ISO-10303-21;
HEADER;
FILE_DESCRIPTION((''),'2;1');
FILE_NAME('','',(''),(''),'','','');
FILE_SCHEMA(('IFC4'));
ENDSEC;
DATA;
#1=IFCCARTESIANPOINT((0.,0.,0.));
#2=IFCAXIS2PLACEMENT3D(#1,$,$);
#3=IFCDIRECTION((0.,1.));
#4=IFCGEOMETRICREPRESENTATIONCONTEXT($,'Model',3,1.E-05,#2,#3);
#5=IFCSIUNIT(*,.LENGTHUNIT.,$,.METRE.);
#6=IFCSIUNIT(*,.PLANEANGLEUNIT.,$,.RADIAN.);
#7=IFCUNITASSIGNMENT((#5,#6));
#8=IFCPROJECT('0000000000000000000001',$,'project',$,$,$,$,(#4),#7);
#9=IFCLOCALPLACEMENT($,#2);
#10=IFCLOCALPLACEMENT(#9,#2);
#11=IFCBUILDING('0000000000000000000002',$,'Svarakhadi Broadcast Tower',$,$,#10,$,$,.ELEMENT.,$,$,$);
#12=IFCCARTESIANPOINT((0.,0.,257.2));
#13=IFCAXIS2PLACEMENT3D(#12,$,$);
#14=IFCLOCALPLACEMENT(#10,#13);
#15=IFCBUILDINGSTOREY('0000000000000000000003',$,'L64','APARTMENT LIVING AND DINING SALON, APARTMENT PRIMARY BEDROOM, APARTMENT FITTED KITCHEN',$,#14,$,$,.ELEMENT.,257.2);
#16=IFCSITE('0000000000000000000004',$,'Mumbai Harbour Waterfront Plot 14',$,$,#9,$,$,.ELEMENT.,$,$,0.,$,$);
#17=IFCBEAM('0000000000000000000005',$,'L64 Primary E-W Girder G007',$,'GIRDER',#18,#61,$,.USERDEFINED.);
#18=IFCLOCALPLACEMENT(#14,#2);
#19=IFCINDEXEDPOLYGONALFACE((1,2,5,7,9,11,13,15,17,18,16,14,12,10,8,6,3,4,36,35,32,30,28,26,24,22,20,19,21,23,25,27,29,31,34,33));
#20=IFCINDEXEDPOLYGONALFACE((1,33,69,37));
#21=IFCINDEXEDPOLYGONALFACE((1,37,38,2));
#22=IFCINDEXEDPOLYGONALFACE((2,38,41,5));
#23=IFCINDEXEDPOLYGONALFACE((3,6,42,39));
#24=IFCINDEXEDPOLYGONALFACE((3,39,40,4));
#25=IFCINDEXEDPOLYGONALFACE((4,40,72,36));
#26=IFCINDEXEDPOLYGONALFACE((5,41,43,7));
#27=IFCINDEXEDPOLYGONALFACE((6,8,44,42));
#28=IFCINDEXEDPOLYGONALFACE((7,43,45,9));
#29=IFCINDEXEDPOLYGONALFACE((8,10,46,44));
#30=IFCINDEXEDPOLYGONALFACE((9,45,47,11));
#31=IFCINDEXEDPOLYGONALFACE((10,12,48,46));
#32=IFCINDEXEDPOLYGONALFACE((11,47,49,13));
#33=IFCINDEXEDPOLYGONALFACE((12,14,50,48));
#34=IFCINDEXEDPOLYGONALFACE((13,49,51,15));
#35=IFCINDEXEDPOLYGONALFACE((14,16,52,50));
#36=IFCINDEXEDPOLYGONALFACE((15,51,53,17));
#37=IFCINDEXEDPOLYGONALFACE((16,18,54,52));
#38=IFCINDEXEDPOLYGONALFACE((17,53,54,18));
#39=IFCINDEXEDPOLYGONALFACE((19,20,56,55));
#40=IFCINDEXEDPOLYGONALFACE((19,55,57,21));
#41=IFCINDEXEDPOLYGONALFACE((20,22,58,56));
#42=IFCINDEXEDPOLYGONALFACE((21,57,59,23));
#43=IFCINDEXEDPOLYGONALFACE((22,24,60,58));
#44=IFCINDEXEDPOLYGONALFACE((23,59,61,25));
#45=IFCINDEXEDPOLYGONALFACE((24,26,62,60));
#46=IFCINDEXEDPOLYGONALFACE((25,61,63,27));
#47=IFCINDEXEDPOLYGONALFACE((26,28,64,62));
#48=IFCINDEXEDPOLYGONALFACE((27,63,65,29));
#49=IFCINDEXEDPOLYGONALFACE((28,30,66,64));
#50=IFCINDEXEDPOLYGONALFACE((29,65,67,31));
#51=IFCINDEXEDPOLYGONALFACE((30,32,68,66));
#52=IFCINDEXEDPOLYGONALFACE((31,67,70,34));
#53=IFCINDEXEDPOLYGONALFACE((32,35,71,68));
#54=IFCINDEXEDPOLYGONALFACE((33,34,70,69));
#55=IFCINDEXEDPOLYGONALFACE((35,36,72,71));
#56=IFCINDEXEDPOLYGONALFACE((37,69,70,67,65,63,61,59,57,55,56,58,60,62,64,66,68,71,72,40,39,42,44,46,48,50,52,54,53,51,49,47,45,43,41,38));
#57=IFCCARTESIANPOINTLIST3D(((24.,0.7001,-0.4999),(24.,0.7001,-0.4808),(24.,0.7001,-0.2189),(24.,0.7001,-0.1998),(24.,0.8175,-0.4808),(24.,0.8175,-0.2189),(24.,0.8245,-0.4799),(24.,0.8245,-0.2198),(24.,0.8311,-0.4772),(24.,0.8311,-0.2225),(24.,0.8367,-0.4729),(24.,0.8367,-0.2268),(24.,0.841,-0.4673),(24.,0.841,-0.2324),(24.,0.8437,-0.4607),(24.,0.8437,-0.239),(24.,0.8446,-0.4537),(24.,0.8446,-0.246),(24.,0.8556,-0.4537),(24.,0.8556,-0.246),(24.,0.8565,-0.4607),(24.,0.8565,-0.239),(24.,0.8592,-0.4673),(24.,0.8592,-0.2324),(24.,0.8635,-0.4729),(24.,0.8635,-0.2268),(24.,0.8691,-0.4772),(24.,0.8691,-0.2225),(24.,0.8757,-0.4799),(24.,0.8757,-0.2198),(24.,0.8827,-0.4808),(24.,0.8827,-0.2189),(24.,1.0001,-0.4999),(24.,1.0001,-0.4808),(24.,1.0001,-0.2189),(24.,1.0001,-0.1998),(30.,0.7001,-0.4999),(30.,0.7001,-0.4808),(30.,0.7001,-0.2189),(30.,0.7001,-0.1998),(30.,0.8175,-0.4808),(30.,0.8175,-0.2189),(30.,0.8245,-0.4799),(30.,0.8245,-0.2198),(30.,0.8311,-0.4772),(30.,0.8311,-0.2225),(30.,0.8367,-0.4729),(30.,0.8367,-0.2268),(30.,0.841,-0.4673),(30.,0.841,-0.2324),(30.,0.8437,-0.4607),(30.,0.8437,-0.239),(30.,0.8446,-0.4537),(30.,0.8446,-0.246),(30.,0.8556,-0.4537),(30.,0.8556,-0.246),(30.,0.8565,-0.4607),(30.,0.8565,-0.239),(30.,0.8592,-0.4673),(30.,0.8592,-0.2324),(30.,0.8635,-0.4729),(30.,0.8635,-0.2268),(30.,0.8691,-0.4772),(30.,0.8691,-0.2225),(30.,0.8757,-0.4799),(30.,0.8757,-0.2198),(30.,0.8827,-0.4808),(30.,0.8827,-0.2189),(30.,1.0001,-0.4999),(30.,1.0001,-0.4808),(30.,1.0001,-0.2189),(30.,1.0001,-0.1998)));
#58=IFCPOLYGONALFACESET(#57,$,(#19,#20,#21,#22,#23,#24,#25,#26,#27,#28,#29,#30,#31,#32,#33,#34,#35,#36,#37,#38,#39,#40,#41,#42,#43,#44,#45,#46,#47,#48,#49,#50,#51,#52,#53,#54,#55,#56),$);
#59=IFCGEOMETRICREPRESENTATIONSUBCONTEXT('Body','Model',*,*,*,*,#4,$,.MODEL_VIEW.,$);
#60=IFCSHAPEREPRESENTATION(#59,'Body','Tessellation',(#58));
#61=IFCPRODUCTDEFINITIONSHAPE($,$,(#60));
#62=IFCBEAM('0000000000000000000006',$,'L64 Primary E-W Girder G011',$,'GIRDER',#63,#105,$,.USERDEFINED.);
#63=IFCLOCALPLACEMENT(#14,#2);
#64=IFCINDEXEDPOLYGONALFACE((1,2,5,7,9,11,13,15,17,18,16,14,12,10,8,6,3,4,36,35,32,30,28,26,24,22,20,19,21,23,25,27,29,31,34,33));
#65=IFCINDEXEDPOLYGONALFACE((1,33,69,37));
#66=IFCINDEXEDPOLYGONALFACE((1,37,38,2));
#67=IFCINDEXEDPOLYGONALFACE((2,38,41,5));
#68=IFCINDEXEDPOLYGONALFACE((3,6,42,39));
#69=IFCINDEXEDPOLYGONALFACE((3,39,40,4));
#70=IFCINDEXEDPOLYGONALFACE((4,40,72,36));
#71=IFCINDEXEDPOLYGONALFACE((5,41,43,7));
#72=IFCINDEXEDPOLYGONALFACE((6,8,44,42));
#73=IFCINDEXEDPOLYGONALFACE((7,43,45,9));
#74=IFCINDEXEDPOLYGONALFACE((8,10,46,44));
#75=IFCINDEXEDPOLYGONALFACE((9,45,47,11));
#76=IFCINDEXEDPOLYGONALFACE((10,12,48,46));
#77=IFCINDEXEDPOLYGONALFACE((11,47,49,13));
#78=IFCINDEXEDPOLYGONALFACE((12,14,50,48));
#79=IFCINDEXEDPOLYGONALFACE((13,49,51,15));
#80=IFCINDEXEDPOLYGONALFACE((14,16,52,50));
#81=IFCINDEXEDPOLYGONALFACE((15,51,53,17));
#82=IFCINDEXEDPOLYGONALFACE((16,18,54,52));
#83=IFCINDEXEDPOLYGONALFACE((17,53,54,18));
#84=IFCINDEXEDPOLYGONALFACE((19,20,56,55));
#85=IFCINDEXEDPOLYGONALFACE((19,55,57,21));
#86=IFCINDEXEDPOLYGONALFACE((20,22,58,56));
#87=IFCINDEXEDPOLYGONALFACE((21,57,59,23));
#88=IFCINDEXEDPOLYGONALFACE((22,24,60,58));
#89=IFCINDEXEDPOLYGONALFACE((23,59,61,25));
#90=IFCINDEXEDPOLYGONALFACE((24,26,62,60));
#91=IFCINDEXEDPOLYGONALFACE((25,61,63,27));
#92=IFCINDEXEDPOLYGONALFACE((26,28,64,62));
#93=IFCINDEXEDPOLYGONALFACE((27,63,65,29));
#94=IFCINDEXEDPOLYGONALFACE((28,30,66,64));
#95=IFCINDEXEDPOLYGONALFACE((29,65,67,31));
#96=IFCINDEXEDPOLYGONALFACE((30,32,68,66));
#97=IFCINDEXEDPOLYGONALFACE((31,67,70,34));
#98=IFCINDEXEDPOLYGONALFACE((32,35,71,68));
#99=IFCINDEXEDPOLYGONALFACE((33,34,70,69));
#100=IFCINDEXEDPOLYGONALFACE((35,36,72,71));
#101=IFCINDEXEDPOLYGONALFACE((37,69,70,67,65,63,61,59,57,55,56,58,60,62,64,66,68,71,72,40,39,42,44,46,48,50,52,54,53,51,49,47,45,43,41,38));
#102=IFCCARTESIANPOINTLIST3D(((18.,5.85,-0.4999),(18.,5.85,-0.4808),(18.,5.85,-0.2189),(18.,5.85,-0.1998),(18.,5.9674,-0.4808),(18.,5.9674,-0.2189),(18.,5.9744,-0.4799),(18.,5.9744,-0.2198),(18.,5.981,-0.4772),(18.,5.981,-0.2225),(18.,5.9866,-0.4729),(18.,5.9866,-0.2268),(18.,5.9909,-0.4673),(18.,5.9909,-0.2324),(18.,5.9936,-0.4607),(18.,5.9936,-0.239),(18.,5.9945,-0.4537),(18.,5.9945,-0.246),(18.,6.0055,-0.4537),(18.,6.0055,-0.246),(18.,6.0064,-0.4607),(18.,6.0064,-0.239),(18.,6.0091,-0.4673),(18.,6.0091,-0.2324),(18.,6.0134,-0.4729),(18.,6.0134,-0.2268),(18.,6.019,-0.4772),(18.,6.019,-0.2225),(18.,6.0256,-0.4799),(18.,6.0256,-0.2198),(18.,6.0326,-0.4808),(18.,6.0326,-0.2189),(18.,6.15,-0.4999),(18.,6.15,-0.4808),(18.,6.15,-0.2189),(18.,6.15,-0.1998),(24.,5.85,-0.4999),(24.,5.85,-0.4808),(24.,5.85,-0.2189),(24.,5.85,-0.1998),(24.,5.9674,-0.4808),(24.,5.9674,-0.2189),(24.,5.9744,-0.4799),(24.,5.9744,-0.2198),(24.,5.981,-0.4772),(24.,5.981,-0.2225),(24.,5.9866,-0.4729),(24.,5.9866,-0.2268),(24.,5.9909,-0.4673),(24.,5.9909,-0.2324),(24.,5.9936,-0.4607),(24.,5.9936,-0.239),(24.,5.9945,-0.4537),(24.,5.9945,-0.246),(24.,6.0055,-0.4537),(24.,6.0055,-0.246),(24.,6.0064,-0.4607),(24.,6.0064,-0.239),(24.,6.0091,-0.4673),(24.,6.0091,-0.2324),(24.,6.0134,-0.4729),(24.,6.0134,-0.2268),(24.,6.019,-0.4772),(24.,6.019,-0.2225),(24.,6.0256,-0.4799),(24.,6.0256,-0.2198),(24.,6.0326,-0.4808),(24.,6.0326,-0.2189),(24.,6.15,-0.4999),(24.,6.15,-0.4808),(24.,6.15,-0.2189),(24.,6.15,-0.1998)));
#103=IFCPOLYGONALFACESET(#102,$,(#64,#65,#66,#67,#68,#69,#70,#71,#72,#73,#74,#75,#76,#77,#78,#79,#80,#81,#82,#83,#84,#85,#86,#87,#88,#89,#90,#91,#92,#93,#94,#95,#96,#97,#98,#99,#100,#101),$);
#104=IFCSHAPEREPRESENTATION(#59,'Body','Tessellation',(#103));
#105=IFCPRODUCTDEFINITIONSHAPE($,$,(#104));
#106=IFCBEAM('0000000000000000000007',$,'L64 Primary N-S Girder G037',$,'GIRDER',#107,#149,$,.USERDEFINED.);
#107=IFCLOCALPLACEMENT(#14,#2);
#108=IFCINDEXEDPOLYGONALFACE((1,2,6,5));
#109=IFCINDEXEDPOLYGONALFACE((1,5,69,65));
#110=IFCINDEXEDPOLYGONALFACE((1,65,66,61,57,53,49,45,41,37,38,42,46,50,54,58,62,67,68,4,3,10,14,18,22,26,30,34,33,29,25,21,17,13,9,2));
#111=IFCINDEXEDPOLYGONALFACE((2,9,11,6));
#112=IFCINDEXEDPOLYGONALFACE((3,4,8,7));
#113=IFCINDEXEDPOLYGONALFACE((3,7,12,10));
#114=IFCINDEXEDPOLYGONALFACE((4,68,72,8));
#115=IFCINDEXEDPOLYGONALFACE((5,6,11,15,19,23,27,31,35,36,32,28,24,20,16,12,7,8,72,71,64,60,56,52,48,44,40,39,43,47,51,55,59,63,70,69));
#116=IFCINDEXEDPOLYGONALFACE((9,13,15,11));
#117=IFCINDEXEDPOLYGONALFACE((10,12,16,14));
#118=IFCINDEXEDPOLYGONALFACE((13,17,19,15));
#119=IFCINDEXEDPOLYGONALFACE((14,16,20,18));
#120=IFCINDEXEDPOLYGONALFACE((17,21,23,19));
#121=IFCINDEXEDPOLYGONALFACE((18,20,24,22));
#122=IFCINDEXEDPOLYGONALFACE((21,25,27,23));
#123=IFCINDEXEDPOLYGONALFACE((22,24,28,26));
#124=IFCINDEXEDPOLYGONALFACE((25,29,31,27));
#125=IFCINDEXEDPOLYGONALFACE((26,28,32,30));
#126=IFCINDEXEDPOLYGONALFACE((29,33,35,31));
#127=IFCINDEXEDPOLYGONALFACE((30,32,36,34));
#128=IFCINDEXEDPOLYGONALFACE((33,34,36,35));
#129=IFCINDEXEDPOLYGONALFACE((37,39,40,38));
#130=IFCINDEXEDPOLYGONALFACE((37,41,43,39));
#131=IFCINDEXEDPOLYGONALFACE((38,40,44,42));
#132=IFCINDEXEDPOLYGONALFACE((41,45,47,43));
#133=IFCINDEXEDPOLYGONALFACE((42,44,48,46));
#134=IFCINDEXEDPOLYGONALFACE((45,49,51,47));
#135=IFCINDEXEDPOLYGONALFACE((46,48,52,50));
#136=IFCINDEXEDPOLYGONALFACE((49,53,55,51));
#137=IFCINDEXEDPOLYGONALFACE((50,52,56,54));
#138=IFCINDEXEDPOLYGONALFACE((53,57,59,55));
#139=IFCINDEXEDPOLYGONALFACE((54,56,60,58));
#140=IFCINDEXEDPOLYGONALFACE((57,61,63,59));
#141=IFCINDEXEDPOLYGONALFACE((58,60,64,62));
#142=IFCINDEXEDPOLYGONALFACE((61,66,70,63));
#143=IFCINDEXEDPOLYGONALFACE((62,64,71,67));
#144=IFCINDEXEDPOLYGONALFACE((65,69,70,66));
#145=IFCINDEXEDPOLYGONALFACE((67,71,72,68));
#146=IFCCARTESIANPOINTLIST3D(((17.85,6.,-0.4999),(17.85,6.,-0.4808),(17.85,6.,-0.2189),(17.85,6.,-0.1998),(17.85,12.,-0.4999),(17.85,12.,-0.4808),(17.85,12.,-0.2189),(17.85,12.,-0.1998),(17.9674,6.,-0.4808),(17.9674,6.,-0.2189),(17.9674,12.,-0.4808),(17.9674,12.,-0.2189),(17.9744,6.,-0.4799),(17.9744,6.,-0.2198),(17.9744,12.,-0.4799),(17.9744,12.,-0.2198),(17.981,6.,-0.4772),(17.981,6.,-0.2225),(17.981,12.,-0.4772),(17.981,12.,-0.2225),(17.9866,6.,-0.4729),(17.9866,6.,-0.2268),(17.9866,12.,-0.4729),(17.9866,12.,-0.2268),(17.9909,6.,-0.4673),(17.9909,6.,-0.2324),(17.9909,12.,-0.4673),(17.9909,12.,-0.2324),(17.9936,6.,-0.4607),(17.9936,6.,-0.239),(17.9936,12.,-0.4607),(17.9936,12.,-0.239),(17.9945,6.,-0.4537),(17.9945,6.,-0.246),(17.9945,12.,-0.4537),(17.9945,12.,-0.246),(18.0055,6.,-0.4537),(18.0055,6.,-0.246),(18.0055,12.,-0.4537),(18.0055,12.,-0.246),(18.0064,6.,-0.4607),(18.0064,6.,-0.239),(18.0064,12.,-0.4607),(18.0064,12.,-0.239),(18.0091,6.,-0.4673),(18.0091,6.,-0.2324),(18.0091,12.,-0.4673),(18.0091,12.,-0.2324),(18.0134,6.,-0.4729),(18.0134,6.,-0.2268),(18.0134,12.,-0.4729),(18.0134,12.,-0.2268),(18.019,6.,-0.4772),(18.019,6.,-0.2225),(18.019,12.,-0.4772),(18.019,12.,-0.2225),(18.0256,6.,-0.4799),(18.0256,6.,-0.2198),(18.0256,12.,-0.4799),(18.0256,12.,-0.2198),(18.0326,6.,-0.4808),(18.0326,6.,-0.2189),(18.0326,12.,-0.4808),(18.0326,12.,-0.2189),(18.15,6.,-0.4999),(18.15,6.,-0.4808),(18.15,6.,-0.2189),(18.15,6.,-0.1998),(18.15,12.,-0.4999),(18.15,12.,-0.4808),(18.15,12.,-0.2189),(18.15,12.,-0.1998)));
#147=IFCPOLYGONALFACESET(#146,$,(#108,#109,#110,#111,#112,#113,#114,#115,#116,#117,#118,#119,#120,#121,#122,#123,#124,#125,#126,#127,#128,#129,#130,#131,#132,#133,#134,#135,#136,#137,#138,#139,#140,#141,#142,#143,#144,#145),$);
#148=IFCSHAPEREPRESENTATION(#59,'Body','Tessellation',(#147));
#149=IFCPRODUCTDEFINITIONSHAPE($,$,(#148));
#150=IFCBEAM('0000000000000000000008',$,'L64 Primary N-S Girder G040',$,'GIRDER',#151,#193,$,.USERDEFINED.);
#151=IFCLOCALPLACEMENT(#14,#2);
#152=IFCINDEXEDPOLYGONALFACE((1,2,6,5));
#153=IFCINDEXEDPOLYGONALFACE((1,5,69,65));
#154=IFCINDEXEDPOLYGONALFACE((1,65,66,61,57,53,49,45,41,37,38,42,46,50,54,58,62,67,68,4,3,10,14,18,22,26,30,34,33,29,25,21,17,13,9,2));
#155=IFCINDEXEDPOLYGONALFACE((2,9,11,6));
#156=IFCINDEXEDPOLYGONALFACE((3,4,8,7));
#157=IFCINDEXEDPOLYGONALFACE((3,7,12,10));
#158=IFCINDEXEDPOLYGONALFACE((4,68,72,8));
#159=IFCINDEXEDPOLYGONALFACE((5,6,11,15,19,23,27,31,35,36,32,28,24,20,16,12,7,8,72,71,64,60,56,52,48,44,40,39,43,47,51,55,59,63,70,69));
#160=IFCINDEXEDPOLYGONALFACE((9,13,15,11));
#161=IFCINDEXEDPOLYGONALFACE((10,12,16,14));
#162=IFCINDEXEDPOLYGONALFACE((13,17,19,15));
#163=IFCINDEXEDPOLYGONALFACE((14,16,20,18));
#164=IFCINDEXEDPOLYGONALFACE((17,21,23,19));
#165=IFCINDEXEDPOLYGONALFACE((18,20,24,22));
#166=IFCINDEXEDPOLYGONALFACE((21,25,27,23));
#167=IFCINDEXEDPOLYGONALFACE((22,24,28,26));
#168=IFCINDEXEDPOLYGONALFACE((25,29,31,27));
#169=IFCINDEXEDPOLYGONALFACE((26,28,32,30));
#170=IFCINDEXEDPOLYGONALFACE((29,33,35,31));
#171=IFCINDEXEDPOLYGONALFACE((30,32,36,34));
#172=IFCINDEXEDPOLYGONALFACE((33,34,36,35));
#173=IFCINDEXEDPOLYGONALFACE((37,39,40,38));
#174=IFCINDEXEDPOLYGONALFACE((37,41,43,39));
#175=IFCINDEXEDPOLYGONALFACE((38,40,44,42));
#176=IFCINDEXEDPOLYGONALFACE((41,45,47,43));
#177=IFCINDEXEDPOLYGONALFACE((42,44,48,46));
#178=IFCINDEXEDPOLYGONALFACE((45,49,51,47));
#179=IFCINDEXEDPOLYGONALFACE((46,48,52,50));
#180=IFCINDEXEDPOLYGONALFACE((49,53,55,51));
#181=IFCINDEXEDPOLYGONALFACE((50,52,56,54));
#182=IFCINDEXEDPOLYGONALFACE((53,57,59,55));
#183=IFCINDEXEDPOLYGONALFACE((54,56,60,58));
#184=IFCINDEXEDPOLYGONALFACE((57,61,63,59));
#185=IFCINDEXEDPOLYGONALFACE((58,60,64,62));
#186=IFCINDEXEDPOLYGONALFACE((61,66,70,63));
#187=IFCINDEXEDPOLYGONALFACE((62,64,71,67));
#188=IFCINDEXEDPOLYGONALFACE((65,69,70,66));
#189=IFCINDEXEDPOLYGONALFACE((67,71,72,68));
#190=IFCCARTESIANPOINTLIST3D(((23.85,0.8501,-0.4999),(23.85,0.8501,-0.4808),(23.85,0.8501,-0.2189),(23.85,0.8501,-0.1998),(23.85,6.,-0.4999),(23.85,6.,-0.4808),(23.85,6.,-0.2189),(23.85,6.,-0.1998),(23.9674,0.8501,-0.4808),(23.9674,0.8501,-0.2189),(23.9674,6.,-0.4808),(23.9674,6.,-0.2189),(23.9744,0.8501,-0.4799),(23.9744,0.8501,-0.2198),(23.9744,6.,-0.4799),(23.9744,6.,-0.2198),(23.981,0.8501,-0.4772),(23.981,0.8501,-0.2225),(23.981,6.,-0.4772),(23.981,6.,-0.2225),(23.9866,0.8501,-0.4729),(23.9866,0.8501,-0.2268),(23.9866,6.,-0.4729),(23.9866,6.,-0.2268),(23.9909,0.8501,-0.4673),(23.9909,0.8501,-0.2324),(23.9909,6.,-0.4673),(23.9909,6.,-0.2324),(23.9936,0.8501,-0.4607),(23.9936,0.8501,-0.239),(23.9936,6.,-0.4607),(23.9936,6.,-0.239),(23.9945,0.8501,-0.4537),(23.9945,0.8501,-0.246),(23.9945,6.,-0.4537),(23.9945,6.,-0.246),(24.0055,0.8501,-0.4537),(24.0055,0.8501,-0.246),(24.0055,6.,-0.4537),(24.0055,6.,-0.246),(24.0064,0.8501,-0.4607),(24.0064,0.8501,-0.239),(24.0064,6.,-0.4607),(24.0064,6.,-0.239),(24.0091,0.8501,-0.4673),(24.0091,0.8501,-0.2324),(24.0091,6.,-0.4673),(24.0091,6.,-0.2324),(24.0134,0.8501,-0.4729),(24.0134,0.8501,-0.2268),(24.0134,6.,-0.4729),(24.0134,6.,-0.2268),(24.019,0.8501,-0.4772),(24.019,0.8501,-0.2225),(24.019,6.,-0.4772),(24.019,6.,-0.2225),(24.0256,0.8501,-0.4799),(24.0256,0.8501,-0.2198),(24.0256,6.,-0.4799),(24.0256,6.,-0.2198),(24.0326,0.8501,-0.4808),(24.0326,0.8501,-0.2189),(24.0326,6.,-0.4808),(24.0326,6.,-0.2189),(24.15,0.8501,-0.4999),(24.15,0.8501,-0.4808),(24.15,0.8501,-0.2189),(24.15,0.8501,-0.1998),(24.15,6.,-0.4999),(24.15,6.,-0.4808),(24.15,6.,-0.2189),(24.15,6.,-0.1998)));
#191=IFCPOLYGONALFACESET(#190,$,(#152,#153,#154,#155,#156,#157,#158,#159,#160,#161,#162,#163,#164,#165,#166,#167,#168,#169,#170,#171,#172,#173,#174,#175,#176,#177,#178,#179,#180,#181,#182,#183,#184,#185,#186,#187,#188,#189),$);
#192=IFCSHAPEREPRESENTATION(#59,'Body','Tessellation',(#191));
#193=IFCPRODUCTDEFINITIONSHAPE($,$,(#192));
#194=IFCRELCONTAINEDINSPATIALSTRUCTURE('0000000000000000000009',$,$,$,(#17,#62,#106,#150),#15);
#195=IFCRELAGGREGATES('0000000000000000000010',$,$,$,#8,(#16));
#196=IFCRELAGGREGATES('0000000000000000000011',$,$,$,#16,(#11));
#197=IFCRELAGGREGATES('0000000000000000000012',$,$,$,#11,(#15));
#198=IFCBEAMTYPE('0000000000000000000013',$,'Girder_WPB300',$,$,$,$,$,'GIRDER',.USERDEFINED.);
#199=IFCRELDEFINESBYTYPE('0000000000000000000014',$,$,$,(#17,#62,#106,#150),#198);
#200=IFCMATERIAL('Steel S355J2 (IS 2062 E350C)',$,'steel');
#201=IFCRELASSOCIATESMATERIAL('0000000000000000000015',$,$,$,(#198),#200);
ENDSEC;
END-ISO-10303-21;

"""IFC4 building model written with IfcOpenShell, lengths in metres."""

from ifc_helpers import new_model, si_unit, direction, frame, origin, origin_2d, place, context, subcontext, project, spatial, i_section, extrude, material, material_profile, profile_set, type_object, element, save


model = new_model("IFC4")

# Units and contexts
model_context = context("Model", 3, precision=1e-05, world=origin(), true_north=direction((0.0, 1.0)))
body_context = subcontext(model_context, "Body", "Model", "MODEL_VIEW")
ifc_project = project(units=[si_unit("LENGTHUNIT", "METRE"), si_unit("PLANEANGLEUNIT", "RADIAN")], contexts=[model_context])

# Site, building, storey
site_placement = place(None, origin())
site = spatial("IfcSite", under=ifc_project, at=site_placement, Name="Mumbai Harbour Waterfront Plot 14", CompositionType="ELEMENT", RefElevation=0.0)
building_placement = place(site_placement, origin())
building = spatial("IfcBuilding", under=site, at=building_placement, Name="Svarakhadi Broadcast Tower", CompositionType="ELEMENT")
storey_placement = place(building_placement, frame((0.0, 0.0, 257.2)))
storey = spatial("IfcBuildingStorey", under=building, at=storey_placement, Name="L64", Description="APARTMENT LIVING AND DINING SALON, APARTMENT PRIMARY BEDROOM, APARTMENT FITTED KITCHEN", CompositionType="ELEMENT", Elevation=257.2)

# Beams
ifc_material_1 = material(Name="Steel S355J2 (IS 2062 E350C)", Category="steel")
ifc_material_profile_1 = material_profile(ifc_material_1, i_section(OverallWidth=0.3, OverallDepth=0.3, WebThickness=0.011, FlangeThickness=0.019, FilletRadius=0.0271, at=origin_2d()), Name="WPB 300x300x117")
ifc_profile_set_1 = profile_set([ifc_material_profile_1], Name="Steel S355J2 (IS 2062 E350C)")
beam_type_1 = type_object("IfcBeamType", Name="Girder_WPB300", ElementType="GIRDER", PredefinedType="USERDEFINED", material=ifc_profile_set_1)
for number, where, z_axis, x_axis, name in (
    (1, (24.0, 0.8501, -0.3499), (1.0, 0.0, 0.0), (0.0, 1.0, 0.0), "L64 Primary E-W Girder G007"),
    (2, (18.0, 6.0, -0.3499), (1.0, 0.0, 0.0), (0.0, 1.0, 0.0), "L64 Primary E-W Girder G011"),
    (3, (18.0, 6.0, -0.3499), (0.0, 1.0, 0.0), (-1.0, 0.0, 0.0), "L64 Primary N-S Girder G037"),
):
    element("IfcBeam", number, at=place(storey_placement, frame(where, z_axis=z_axis, x_axis=x_axis)), inside=storey, type_object=beam_type_1, Name=name, ObjectType="GIRDER", PredefinedType="USERDEFINED", context=body_context, shape_type="SweptSolid", body=[
        extrude(i_section(OverallWidth=0.3, OverallDepth=0.3, WebThickness=0.011, FlangeThickness=0.019, FilletRadius=0.0271, at=origin_2d()), origin(), (0.0, 0.0, 1.0), 6.0),
    ])
beam_1_placement = place(storey_placement, frame((24.0, 0.8501, -0.3499), z_axis=(0.0, 1.0, 0.0), x_axis=(-1.0, 0.0, 0.0)))
element("IfcBeam", 4, at=beam_1_placement, inside=storey, type_object=beam_type_1, Name="L64 Primary N-S Girder G040", ObjectType="GIRDER", PredefinedType="USERDEFINED", context=body_context, shape_type="SweptSolid", body=[
    extrude(i_section(OverallWidth=0.3, OverallDepth=0.3, WebThickness=0.011, FlangeThickness=0.019, FilletRadius=0.0271, at=origin_2d()), origin(), (0.0, 0.0, 1.0), 5.1499),
])

save(model, "model.ifc")
